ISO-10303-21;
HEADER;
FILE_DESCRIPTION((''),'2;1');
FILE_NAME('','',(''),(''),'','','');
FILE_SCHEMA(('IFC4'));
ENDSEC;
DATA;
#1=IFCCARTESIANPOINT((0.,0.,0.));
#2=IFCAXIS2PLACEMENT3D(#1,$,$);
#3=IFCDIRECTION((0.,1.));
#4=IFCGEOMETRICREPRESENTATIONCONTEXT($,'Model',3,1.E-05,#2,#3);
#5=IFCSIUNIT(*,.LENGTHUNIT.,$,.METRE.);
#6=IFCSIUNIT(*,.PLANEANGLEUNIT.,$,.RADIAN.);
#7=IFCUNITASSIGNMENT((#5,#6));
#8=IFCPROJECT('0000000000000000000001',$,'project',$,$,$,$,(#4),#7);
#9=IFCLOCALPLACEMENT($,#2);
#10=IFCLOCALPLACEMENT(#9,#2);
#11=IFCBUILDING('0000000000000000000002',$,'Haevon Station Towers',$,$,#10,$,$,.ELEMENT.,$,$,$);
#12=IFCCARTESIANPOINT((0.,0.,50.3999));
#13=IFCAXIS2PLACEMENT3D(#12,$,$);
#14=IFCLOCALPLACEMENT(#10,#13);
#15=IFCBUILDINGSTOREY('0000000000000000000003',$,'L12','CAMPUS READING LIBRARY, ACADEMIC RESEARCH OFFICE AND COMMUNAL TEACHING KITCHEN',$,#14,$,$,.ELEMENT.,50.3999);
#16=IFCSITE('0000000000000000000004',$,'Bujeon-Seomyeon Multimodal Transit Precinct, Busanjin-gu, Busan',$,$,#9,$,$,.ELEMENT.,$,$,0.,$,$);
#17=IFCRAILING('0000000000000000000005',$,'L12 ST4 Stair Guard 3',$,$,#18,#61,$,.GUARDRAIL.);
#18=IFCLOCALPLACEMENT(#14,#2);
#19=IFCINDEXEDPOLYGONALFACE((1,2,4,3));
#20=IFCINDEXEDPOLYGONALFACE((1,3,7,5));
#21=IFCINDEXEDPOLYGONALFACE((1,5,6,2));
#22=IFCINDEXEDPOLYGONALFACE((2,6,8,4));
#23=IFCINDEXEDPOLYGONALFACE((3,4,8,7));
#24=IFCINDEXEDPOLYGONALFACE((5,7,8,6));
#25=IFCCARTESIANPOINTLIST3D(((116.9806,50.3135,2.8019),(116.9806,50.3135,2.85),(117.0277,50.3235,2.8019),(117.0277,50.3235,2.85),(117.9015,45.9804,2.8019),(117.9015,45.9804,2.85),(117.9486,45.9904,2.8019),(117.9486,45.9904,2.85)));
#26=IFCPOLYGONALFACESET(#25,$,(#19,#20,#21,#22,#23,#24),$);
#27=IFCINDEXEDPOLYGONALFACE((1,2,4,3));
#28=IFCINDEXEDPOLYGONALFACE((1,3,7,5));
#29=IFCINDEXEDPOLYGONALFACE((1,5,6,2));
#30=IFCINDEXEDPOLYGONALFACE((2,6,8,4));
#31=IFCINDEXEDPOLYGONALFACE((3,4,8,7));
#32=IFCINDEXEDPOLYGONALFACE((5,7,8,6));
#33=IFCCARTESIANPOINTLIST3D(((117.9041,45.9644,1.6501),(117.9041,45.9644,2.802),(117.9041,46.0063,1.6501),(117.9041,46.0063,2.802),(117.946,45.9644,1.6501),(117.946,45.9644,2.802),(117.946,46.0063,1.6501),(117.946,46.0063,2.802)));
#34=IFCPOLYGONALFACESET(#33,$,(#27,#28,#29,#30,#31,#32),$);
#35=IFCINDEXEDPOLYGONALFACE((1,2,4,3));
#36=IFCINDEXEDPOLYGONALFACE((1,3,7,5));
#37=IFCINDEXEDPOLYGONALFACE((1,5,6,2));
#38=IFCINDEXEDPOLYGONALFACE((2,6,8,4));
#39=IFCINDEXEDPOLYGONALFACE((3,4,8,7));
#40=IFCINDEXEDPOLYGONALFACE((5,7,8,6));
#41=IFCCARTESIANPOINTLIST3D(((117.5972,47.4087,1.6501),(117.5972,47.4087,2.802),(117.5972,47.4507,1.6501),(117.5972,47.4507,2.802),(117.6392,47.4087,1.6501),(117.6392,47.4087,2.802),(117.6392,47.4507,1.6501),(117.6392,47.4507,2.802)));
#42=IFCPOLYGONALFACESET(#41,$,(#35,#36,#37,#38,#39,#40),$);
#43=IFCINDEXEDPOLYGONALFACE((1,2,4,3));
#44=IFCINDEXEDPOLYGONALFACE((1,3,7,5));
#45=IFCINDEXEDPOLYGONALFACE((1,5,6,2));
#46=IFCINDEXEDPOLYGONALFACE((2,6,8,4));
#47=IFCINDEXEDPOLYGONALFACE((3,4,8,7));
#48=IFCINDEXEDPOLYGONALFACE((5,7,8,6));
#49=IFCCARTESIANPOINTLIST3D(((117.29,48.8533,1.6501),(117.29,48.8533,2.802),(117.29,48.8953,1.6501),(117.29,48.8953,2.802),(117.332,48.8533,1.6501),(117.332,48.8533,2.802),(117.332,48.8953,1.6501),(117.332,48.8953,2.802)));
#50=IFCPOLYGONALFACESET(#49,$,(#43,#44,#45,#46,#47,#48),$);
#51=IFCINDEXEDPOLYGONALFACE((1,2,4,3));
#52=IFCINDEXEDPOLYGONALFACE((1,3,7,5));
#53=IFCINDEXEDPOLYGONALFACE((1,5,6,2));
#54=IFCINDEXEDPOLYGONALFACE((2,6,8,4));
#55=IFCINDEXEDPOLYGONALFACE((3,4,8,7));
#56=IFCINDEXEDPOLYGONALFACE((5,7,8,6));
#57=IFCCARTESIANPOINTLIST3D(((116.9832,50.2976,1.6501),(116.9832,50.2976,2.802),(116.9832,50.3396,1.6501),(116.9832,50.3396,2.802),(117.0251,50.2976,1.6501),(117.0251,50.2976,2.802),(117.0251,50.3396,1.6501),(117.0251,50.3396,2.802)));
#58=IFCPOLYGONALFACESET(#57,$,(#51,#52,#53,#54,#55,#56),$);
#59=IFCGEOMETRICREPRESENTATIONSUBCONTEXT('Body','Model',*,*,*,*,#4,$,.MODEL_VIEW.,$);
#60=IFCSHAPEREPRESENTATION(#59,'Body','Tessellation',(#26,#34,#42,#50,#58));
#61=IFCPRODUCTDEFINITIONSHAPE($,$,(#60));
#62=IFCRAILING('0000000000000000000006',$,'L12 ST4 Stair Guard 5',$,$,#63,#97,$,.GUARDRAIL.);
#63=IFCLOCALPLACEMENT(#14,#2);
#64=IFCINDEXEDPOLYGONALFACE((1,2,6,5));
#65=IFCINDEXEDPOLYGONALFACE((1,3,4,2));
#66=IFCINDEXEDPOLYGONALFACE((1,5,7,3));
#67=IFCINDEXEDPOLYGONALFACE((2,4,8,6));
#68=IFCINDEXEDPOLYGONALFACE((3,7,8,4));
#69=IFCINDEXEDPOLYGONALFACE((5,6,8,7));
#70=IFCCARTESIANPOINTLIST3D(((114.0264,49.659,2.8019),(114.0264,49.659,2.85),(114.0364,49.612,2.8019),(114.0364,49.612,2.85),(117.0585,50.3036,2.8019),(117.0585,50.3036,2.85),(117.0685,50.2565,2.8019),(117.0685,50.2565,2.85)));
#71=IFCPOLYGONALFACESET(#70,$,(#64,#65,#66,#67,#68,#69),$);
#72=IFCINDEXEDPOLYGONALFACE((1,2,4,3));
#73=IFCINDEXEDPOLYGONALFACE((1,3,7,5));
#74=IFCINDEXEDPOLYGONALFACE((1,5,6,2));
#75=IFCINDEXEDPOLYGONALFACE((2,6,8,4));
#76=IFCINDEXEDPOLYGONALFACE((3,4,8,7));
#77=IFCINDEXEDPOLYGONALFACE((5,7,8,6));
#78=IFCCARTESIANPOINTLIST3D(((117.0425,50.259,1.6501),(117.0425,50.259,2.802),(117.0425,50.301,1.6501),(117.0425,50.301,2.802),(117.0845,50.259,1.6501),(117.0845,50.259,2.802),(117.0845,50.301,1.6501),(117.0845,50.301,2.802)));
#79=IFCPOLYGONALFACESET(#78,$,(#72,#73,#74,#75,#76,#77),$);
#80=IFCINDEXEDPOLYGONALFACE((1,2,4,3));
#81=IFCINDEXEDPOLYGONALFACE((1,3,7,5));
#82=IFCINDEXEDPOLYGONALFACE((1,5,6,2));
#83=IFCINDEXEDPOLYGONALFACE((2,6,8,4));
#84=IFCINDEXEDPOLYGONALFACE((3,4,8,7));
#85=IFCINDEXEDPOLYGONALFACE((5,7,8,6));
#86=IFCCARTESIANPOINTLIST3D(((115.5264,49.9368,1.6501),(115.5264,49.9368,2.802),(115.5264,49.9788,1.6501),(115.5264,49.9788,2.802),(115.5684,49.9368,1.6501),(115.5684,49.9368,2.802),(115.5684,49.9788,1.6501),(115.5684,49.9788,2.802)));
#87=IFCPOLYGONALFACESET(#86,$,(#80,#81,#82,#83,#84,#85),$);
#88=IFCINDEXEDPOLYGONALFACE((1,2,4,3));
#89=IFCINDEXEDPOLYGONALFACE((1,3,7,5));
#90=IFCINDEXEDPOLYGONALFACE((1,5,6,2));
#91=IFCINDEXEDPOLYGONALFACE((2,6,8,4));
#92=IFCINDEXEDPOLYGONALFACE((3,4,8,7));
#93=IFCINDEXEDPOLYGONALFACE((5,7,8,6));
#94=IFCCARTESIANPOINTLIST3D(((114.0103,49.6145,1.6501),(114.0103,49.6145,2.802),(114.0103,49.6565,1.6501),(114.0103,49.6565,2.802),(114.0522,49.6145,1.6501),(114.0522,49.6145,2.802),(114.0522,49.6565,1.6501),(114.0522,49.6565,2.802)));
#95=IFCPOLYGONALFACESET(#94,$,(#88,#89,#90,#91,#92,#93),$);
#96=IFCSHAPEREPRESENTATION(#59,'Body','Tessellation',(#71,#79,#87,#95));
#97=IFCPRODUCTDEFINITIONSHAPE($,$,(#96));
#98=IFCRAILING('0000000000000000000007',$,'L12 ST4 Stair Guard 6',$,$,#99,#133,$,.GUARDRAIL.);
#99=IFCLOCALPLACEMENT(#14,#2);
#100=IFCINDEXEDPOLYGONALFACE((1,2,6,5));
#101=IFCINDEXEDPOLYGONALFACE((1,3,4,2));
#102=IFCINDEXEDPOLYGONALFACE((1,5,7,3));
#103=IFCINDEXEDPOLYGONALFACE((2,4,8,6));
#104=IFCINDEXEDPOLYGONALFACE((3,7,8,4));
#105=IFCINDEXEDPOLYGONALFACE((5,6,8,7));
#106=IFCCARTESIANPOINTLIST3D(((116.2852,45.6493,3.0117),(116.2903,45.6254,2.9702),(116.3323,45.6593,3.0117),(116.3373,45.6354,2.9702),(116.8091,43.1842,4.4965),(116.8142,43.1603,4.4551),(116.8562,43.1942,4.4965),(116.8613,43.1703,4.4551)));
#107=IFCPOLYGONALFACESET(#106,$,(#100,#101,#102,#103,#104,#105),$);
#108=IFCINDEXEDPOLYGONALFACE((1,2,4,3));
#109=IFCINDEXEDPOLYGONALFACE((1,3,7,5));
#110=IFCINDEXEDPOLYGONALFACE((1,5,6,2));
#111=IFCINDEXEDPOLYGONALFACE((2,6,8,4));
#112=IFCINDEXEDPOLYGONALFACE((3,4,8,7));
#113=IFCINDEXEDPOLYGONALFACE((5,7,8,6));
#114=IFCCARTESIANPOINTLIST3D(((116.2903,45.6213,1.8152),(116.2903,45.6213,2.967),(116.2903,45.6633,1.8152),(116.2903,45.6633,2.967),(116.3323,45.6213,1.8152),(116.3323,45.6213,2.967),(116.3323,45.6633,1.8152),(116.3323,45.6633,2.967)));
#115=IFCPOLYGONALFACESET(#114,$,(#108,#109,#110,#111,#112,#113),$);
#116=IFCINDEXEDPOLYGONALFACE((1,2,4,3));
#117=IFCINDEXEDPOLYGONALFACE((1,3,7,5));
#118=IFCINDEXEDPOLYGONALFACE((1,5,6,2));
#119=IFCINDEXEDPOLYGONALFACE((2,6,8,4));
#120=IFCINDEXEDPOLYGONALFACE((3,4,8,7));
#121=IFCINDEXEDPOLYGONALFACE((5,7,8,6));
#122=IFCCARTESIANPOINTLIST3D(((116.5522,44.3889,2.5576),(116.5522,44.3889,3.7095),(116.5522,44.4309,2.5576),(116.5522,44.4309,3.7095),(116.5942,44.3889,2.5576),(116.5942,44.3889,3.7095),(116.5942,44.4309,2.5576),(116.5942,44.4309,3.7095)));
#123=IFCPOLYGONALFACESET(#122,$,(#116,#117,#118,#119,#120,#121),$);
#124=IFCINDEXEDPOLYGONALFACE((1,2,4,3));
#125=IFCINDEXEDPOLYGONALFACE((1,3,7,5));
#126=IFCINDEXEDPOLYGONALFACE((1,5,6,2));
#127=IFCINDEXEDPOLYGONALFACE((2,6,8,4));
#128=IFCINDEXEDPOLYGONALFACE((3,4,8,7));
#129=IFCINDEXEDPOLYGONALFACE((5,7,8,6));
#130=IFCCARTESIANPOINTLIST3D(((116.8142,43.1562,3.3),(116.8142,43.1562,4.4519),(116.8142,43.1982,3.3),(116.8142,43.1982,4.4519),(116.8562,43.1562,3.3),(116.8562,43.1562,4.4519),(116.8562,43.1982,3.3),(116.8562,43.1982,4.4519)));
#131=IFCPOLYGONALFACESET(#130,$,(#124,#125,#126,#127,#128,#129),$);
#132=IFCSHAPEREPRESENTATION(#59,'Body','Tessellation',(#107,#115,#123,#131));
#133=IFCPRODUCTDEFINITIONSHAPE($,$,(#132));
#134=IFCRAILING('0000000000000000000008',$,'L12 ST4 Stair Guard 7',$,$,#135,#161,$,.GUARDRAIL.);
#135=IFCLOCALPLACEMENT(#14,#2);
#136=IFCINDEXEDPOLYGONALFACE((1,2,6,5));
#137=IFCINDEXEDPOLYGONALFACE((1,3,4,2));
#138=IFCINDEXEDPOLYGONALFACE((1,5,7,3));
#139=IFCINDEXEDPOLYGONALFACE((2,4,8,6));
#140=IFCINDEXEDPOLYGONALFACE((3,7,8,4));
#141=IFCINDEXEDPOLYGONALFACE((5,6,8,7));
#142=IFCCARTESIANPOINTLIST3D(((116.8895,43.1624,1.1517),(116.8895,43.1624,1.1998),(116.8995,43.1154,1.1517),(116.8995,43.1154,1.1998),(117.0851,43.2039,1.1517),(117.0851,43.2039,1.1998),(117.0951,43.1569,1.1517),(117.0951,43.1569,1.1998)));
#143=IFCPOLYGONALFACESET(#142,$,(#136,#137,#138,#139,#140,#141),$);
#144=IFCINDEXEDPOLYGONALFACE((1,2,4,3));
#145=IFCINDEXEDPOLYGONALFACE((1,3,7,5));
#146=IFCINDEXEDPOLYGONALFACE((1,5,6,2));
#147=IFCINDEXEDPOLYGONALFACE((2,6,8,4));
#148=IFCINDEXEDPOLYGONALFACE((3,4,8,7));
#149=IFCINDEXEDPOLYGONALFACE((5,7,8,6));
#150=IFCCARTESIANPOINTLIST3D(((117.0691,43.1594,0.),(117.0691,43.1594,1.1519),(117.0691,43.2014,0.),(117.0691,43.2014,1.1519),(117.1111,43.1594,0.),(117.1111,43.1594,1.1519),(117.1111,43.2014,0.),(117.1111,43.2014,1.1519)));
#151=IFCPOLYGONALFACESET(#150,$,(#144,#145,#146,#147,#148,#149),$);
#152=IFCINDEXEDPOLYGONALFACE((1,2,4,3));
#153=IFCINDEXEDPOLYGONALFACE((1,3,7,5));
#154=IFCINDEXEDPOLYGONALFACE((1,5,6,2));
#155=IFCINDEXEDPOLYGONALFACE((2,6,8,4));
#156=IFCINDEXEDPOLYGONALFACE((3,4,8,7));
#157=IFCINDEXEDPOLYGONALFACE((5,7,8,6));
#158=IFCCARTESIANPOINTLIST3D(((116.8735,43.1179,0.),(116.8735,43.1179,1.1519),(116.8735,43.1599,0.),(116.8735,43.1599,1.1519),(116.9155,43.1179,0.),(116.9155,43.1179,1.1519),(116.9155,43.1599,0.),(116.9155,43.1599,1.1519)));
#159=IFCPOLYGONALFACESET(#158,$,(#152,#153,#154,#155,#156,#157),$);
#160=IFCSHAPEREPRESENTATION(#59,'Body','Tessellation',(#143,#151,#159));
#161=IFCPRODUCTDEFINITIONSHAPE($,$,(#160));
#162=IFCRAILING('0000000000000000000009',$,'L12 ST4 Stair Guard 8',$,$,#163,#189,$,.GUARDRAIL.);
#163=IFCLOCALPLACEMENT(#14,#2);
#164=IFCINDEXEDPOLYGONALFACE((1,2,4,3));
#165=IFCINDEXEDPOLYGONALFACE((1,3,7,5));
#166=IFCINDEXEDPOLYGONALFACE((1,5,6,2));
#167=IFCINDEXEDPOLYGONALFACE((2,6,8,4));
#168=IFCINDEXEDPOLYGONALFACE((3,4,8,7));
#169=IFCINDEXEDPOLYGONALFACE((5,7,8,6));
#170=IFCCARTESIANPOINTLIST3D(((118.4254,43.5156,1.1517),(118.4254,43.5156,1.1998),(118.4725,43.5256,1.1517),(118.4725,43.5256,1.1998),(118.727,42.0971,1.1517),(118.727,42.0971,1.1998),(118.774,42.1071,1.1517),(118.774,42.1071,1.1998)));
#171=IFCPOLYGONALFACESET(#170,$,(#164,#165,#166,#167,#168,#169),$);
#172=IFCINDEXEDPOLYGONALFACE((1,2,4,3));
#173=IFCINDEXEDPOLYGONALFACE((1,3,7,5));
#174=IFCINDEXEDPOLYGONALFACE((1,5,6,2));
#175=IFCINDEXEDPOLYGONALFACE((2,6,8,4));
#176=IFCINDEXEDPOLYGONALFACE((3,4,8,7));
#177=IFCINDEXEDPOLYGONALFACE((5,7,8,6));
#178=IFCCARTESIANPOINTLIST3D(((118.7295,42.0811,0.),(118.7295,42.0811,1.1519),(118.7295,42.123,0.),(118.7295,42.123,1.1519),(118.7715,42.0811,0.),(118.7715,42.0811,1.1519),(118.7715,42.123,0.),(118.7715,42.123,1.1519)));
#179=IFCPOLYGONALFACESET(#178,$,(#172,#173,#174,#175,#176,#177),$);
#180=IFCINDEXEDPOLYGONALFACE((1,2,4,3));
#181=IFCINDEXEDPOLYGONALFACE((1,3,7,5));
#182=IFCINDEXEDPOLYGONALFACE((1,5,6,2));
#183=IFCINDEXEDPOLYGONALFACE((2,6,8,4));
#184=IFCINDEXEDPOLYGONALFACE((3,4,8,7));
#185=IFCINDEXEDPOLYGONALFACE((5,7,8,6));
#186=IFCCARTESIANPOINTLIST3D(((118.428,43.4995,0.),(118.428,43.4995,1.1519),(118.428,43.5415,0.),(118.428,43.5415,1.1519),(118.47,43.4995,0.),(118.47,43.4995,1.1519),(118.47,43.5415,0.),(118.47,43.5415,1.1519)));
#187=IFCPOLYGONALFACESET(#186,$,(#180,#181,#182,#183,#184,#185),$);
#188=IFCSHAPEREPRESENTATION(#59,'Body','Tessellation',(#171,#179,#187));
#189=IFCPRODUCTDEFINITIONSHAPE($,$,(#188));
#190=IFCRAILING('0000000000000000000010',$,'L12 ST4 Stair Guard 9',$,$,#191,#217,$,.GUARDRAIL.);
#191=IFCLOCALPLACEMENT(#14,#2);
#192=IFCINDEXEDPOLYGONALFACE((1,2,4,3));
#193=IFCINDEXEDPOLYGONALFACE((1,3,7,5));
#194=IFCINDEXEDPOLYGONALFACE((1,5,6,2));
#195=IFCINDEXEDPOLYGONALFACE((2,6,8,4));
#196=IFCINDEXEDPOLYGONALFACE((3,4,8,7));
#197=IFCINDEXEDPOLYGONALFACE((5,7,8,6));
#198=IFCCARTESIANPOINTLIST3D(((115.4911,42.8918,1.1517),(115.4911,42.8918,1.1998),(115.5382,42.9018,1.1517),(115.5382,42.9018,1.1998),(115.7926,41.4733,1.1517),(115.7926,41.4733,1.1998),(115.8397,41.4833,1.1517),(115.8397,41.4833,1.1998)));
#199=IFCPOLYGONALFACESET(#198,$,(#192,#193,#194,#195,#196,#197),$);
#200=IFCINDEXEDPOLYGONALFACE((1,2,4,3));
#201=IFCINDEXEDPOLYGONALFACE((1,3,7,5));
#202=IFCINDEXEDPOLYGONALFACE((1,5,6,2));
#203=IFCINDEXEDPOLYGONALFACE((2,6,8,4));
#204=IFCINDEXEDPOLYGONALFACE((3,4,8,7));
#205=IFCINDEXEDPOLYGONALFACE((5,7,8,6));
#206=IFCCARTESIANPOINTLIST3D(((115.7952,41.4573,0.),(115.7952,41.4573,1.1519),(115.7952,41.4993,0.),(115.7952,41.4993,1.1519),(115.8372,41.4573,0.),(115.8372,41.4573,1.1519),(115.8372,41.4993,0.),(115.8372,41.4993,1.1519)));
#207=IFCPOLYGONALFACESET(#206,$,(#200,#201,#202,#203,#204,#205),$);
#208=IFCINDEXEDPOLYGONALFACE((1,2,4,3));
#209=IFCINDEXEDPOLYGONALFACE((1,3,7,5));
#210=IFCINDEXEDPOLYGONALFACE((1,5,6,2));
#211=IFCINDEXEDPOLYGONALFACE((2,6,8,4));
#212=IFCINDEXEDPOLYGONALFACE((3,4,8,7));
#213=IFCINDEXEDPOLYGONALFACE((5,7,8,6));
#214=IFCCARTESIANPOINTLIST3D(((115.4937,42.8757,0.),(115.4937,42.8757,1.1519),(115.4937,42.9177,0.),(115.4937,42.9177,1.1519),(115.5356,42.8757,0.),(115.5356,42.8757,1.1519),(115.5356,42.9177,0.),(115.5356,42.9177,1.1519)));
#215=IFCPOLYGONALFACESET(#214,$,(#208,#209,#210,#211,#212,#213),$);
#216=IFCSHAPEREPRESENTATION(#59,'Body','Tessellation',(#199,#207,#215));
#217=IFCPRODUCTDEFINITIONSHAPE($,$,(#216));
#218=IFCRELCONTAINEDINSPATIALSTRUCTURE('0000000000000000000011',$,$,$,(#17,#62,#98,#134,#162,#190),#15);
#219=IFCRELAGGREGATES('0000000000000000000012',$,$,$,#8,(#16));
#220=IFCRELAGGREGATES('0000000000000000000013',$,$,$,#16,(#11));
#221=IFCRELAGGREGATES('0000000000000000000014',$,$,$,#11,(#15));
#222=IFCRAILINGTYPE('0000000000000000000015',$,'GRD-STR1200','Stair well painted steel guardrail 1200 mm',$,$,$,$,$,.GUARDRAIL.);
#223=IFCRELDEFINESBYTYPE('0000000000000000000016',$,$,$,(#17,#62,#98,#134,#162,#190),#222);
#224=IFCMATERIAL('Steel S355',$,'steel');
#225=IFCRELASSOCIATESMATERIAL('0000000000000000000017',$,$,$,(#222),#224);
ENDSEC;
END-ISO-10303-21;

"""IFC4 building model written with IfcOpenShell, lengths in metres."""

from ifc_helpers import new_model, si_unit, direction, frame, origin, origin_2d, place, context, subcontext, project, spatial, rectangle, extrude, material, type_object, element, save


model = new_model("IFC4")

# Units and contexts
model_context = context("Model", 3, precision=1e-05, world=origin(), true_north=direction((0.0, 1.0)))
body_context = subcontext(model_context, "Body", "Model", "MODEL_VIEW")
ifc_project = project(units=[si_unit("LENGTHUNIT", "METRE"), si_unit("PLANEANGLEUNIT", "RADIAN")], contexts=[model_context])

# Site, building, storey
site_placement = place(None, origin())
site = spatial("IfcSite", under=ifc_project, at=site_placement, Name="Bujeon-Seomyeon Multimodal Transit Precinct, Busanjin-gu, Busan", CompositionType="ELEMENT", RefElevation=0.0)
building_placement = place(site_placement, origin())
building = spatial("IfcBuilding", under=site, at=building_placement, Name="Haevon Station Towers", CompositionType="ELEMENT")
storey_placement = place(building_placement, frame((0.0, 0.0, 50.3999)))
storey = spatial("IfcBuildingStorey", under=building, at=storey_placement, Name="L12", Description="CAMPUS READING LIBRARY, ACADEMIC RESEARCH OFFICE AND COMMUNAL TEACHING KITCHEN", CompositionType="ELEMENT", Elevation=50.3999)

# Shared definitions
ifc_material_1 = material(Name="Steel S355", Category="steel")

# Railings
railing_type_1 = type_object("IfcRailingType", Name="GRD-STR1200", Description="Stair well painted steel guardrail 1200 mm", PredefinedType="GUARDRAIL", material=ifc_material_1)
railing_1_placement = place(storey_placement, frame((117.925, 45.9854, 1.6501)))
element("IfcRailing", 1, at=railing_1_placement, inside=storey, type_object=railing_type_1, Name="L12 ST4 Stair Guard 3", PredefinedType="GUARDRAIL", context=body_context, shape_type="SweptSolid", body=[
    extrude(rectangle(XDim=0.0481, YDim=0.0481, at=origin_2d()), frame((0.0, 0.0, 1.1758), z_axis=(-0.207877, 0.978155, 0.0), x_axis=(-0.978155, -0.207877, 0.0)), (0.0, 0.0, 1.0), 4.4299),
    extrude(rectangle(XDim=0.042, YDim=0.042, at=origin_2d()), origin(), (0.0, 0.0, 1.0), 1.1519),
    extrude(rectangle(XDim=0.042, YDim=0.042, at=origin_2d()), frame((-0.3069, 1.4443, 0.0)), (0.0, 0.0, 1.0), 1.1519),
    extrude(rectangle(XDim=0.042, YDim=0.042, at=origin_2d()), frame((-0.614, 2.8889, 0.0)), (0.0, 0.0, 1.0), 1.1519),
    extrude(rectangle(XDim=0.042, YDim=0.042, at=origin_2d()), frame((-0.9209, 4.3333, 0.0)), (0.0, 0.0, 1.0), 1.1519),
])
railing_2_placement = place(storey_placement, frame((117.0635, 50.28, 1.6501)))
element("IfcRailing", 2, at=railing_2_placement, inside=storey, type_object=railing_type_1, Name="L12 ST4 Stair Guard 5", PredefinedType="GUARDRAIL", context=body_context, shape_type="SweptSolid", body=[
    extrude(rectangle(XDim=0.0481, YDim=0.0481, at=origin_2d()), frame((0.0, 0.0, 1.1758), z_axis=(-0.978147, -0.207915, 0.0), x_axis=(0.207915, -0.978147, 0.0)), (0.0, 0.0, 1.0), 3.0999),
    extrude(rectangle(XDim=0.042, YDim=0.042, at=origin_2d()), origin(), (0.0, 0.0, 1.0), 1.1519),
    extrude(rectangle(XDim=0.042, YDim=0.042, at=origin_2d()), frame((-1.5161, -0.3223, 0.0)), (0.0, 0.0, 1.0), 1.1519),
    extrude(rectangle(XDim=0.042, YDim=0.042, at=origin_2d()), frame((-3.0322, -0.6445, 0.0)), (0.0, 0.0, 1.0), 1.1519),
])
railing_3_placement = place(storey_placement, frame((116.3113, 45.6423, 1.8152)))
element("IfcRailing", 3, at=railing_3_placement, inside=storey, type_object=railing_type_1, Name="L12 ST4 Stair Guard 6", PredefinedType="GUARDRAIL", context=body_context, shape_type="SweptSolid", body=[
    extrude(rectangle(XDim=0.0481, YDim=0.0481, at=origin_2d()), frame((0.0, 0.0, 1.1758), z_axis=(0.179116, -0.842748, 0.507635), x_axis=(0.978151, 0.207895, 0.0)), (0.0, 0.0, 1.0), 2.925),
    extrude(rectangle(XDim=0.042, YDim=0.042, at=origin_2d()), origin(), (0.0, 0.0, 1.0), 1.1519),
    extrude(rectangle(XDim=0.042, YDim=0.042, at=origin_2d()), frame((0.262, -1.2324, 0.7424)), (0.0, 0.0, 1.0), 1.1519),
    extrude(rectangle(XDim=0.042, YDim=0.042, at=origin_2d()), frame((0.5239, -2.4651, 1.4849)), (0.0, 0.0, 1.0), 1.1519),
])
railing_4_placement = place(storey_placement, frame((117.0901, 43.1804, 0.0)))
element("IfcRailing", 4, at=railing_4_placement, inside=storey, type_object=railing_type_1, Name="L12 ST4 Stair Guard 7", PredefinedType="GUARDRAIL", context=body_context, shape_type="SweptSolid", body=[
    extrude(rectangle(XDim=0.0481, YDim=0.0481, at=origin_2d()), frame((0.0, 0.0, 1.1758), z_axis=(-0.978212, -0.20761, 0.0), x_axis=(0.20761, -0.978212, 0.0)), (0.0, 0.0, 1.0), 0.2),
    extrude(rectangle(XDim=0.042, YDim=0.042, at=origin_2d()), origin(), (0.0, 0.0, 1.0), 1.1519),
    extrude(rectangle(XDim=0.042, YDim=0.042, at=origin_2d()), frame((-0.1956, -0.0415, 0.0)), (0.0, 0.0, 1.0), 1.1519),
])
for number, where, name in (
    (5, (118.7505, 42.1021, 0.0), "L12 ST4 Stair Guard 8"),
    (6, (115.8162, 41.4783, 0.0), "L12 ST4 Stair Guard 9"),
):
    element("IfcRailing", number, at=place(storey_placement, frame(where)), inside=storey, type_object=railing_type_1, Name=name, PredefinedType="GUARDRAIL", context=body_context, shape_type="SweptSolid", body=[
        extrude(rectangle(XDim=0.0481, YDim=0.0481, at=origin_2d()), frame((0.0, 0.0, 1.1758), z_axis=(-0.207919, 0.978146, 0.0), x_axis=(-0.978146, -0.207919, 0.0)), (0.0, 0.0, 1.0), 1.4502),
        extrude(rectangle(XDim=0.042, YDim=0.042, at=origin_2d()), origin(), (0.0, 0.0, 1.0), 1.1519),
        extrude(rectangle(XDim=0.042, YDim=0.042, at=origin_2d()), frame((-0.3015, 1.4185, 0.0)), (0.0, 0.0, 1.0), 1.1519),
    ])

save(model, "model.ifc")
